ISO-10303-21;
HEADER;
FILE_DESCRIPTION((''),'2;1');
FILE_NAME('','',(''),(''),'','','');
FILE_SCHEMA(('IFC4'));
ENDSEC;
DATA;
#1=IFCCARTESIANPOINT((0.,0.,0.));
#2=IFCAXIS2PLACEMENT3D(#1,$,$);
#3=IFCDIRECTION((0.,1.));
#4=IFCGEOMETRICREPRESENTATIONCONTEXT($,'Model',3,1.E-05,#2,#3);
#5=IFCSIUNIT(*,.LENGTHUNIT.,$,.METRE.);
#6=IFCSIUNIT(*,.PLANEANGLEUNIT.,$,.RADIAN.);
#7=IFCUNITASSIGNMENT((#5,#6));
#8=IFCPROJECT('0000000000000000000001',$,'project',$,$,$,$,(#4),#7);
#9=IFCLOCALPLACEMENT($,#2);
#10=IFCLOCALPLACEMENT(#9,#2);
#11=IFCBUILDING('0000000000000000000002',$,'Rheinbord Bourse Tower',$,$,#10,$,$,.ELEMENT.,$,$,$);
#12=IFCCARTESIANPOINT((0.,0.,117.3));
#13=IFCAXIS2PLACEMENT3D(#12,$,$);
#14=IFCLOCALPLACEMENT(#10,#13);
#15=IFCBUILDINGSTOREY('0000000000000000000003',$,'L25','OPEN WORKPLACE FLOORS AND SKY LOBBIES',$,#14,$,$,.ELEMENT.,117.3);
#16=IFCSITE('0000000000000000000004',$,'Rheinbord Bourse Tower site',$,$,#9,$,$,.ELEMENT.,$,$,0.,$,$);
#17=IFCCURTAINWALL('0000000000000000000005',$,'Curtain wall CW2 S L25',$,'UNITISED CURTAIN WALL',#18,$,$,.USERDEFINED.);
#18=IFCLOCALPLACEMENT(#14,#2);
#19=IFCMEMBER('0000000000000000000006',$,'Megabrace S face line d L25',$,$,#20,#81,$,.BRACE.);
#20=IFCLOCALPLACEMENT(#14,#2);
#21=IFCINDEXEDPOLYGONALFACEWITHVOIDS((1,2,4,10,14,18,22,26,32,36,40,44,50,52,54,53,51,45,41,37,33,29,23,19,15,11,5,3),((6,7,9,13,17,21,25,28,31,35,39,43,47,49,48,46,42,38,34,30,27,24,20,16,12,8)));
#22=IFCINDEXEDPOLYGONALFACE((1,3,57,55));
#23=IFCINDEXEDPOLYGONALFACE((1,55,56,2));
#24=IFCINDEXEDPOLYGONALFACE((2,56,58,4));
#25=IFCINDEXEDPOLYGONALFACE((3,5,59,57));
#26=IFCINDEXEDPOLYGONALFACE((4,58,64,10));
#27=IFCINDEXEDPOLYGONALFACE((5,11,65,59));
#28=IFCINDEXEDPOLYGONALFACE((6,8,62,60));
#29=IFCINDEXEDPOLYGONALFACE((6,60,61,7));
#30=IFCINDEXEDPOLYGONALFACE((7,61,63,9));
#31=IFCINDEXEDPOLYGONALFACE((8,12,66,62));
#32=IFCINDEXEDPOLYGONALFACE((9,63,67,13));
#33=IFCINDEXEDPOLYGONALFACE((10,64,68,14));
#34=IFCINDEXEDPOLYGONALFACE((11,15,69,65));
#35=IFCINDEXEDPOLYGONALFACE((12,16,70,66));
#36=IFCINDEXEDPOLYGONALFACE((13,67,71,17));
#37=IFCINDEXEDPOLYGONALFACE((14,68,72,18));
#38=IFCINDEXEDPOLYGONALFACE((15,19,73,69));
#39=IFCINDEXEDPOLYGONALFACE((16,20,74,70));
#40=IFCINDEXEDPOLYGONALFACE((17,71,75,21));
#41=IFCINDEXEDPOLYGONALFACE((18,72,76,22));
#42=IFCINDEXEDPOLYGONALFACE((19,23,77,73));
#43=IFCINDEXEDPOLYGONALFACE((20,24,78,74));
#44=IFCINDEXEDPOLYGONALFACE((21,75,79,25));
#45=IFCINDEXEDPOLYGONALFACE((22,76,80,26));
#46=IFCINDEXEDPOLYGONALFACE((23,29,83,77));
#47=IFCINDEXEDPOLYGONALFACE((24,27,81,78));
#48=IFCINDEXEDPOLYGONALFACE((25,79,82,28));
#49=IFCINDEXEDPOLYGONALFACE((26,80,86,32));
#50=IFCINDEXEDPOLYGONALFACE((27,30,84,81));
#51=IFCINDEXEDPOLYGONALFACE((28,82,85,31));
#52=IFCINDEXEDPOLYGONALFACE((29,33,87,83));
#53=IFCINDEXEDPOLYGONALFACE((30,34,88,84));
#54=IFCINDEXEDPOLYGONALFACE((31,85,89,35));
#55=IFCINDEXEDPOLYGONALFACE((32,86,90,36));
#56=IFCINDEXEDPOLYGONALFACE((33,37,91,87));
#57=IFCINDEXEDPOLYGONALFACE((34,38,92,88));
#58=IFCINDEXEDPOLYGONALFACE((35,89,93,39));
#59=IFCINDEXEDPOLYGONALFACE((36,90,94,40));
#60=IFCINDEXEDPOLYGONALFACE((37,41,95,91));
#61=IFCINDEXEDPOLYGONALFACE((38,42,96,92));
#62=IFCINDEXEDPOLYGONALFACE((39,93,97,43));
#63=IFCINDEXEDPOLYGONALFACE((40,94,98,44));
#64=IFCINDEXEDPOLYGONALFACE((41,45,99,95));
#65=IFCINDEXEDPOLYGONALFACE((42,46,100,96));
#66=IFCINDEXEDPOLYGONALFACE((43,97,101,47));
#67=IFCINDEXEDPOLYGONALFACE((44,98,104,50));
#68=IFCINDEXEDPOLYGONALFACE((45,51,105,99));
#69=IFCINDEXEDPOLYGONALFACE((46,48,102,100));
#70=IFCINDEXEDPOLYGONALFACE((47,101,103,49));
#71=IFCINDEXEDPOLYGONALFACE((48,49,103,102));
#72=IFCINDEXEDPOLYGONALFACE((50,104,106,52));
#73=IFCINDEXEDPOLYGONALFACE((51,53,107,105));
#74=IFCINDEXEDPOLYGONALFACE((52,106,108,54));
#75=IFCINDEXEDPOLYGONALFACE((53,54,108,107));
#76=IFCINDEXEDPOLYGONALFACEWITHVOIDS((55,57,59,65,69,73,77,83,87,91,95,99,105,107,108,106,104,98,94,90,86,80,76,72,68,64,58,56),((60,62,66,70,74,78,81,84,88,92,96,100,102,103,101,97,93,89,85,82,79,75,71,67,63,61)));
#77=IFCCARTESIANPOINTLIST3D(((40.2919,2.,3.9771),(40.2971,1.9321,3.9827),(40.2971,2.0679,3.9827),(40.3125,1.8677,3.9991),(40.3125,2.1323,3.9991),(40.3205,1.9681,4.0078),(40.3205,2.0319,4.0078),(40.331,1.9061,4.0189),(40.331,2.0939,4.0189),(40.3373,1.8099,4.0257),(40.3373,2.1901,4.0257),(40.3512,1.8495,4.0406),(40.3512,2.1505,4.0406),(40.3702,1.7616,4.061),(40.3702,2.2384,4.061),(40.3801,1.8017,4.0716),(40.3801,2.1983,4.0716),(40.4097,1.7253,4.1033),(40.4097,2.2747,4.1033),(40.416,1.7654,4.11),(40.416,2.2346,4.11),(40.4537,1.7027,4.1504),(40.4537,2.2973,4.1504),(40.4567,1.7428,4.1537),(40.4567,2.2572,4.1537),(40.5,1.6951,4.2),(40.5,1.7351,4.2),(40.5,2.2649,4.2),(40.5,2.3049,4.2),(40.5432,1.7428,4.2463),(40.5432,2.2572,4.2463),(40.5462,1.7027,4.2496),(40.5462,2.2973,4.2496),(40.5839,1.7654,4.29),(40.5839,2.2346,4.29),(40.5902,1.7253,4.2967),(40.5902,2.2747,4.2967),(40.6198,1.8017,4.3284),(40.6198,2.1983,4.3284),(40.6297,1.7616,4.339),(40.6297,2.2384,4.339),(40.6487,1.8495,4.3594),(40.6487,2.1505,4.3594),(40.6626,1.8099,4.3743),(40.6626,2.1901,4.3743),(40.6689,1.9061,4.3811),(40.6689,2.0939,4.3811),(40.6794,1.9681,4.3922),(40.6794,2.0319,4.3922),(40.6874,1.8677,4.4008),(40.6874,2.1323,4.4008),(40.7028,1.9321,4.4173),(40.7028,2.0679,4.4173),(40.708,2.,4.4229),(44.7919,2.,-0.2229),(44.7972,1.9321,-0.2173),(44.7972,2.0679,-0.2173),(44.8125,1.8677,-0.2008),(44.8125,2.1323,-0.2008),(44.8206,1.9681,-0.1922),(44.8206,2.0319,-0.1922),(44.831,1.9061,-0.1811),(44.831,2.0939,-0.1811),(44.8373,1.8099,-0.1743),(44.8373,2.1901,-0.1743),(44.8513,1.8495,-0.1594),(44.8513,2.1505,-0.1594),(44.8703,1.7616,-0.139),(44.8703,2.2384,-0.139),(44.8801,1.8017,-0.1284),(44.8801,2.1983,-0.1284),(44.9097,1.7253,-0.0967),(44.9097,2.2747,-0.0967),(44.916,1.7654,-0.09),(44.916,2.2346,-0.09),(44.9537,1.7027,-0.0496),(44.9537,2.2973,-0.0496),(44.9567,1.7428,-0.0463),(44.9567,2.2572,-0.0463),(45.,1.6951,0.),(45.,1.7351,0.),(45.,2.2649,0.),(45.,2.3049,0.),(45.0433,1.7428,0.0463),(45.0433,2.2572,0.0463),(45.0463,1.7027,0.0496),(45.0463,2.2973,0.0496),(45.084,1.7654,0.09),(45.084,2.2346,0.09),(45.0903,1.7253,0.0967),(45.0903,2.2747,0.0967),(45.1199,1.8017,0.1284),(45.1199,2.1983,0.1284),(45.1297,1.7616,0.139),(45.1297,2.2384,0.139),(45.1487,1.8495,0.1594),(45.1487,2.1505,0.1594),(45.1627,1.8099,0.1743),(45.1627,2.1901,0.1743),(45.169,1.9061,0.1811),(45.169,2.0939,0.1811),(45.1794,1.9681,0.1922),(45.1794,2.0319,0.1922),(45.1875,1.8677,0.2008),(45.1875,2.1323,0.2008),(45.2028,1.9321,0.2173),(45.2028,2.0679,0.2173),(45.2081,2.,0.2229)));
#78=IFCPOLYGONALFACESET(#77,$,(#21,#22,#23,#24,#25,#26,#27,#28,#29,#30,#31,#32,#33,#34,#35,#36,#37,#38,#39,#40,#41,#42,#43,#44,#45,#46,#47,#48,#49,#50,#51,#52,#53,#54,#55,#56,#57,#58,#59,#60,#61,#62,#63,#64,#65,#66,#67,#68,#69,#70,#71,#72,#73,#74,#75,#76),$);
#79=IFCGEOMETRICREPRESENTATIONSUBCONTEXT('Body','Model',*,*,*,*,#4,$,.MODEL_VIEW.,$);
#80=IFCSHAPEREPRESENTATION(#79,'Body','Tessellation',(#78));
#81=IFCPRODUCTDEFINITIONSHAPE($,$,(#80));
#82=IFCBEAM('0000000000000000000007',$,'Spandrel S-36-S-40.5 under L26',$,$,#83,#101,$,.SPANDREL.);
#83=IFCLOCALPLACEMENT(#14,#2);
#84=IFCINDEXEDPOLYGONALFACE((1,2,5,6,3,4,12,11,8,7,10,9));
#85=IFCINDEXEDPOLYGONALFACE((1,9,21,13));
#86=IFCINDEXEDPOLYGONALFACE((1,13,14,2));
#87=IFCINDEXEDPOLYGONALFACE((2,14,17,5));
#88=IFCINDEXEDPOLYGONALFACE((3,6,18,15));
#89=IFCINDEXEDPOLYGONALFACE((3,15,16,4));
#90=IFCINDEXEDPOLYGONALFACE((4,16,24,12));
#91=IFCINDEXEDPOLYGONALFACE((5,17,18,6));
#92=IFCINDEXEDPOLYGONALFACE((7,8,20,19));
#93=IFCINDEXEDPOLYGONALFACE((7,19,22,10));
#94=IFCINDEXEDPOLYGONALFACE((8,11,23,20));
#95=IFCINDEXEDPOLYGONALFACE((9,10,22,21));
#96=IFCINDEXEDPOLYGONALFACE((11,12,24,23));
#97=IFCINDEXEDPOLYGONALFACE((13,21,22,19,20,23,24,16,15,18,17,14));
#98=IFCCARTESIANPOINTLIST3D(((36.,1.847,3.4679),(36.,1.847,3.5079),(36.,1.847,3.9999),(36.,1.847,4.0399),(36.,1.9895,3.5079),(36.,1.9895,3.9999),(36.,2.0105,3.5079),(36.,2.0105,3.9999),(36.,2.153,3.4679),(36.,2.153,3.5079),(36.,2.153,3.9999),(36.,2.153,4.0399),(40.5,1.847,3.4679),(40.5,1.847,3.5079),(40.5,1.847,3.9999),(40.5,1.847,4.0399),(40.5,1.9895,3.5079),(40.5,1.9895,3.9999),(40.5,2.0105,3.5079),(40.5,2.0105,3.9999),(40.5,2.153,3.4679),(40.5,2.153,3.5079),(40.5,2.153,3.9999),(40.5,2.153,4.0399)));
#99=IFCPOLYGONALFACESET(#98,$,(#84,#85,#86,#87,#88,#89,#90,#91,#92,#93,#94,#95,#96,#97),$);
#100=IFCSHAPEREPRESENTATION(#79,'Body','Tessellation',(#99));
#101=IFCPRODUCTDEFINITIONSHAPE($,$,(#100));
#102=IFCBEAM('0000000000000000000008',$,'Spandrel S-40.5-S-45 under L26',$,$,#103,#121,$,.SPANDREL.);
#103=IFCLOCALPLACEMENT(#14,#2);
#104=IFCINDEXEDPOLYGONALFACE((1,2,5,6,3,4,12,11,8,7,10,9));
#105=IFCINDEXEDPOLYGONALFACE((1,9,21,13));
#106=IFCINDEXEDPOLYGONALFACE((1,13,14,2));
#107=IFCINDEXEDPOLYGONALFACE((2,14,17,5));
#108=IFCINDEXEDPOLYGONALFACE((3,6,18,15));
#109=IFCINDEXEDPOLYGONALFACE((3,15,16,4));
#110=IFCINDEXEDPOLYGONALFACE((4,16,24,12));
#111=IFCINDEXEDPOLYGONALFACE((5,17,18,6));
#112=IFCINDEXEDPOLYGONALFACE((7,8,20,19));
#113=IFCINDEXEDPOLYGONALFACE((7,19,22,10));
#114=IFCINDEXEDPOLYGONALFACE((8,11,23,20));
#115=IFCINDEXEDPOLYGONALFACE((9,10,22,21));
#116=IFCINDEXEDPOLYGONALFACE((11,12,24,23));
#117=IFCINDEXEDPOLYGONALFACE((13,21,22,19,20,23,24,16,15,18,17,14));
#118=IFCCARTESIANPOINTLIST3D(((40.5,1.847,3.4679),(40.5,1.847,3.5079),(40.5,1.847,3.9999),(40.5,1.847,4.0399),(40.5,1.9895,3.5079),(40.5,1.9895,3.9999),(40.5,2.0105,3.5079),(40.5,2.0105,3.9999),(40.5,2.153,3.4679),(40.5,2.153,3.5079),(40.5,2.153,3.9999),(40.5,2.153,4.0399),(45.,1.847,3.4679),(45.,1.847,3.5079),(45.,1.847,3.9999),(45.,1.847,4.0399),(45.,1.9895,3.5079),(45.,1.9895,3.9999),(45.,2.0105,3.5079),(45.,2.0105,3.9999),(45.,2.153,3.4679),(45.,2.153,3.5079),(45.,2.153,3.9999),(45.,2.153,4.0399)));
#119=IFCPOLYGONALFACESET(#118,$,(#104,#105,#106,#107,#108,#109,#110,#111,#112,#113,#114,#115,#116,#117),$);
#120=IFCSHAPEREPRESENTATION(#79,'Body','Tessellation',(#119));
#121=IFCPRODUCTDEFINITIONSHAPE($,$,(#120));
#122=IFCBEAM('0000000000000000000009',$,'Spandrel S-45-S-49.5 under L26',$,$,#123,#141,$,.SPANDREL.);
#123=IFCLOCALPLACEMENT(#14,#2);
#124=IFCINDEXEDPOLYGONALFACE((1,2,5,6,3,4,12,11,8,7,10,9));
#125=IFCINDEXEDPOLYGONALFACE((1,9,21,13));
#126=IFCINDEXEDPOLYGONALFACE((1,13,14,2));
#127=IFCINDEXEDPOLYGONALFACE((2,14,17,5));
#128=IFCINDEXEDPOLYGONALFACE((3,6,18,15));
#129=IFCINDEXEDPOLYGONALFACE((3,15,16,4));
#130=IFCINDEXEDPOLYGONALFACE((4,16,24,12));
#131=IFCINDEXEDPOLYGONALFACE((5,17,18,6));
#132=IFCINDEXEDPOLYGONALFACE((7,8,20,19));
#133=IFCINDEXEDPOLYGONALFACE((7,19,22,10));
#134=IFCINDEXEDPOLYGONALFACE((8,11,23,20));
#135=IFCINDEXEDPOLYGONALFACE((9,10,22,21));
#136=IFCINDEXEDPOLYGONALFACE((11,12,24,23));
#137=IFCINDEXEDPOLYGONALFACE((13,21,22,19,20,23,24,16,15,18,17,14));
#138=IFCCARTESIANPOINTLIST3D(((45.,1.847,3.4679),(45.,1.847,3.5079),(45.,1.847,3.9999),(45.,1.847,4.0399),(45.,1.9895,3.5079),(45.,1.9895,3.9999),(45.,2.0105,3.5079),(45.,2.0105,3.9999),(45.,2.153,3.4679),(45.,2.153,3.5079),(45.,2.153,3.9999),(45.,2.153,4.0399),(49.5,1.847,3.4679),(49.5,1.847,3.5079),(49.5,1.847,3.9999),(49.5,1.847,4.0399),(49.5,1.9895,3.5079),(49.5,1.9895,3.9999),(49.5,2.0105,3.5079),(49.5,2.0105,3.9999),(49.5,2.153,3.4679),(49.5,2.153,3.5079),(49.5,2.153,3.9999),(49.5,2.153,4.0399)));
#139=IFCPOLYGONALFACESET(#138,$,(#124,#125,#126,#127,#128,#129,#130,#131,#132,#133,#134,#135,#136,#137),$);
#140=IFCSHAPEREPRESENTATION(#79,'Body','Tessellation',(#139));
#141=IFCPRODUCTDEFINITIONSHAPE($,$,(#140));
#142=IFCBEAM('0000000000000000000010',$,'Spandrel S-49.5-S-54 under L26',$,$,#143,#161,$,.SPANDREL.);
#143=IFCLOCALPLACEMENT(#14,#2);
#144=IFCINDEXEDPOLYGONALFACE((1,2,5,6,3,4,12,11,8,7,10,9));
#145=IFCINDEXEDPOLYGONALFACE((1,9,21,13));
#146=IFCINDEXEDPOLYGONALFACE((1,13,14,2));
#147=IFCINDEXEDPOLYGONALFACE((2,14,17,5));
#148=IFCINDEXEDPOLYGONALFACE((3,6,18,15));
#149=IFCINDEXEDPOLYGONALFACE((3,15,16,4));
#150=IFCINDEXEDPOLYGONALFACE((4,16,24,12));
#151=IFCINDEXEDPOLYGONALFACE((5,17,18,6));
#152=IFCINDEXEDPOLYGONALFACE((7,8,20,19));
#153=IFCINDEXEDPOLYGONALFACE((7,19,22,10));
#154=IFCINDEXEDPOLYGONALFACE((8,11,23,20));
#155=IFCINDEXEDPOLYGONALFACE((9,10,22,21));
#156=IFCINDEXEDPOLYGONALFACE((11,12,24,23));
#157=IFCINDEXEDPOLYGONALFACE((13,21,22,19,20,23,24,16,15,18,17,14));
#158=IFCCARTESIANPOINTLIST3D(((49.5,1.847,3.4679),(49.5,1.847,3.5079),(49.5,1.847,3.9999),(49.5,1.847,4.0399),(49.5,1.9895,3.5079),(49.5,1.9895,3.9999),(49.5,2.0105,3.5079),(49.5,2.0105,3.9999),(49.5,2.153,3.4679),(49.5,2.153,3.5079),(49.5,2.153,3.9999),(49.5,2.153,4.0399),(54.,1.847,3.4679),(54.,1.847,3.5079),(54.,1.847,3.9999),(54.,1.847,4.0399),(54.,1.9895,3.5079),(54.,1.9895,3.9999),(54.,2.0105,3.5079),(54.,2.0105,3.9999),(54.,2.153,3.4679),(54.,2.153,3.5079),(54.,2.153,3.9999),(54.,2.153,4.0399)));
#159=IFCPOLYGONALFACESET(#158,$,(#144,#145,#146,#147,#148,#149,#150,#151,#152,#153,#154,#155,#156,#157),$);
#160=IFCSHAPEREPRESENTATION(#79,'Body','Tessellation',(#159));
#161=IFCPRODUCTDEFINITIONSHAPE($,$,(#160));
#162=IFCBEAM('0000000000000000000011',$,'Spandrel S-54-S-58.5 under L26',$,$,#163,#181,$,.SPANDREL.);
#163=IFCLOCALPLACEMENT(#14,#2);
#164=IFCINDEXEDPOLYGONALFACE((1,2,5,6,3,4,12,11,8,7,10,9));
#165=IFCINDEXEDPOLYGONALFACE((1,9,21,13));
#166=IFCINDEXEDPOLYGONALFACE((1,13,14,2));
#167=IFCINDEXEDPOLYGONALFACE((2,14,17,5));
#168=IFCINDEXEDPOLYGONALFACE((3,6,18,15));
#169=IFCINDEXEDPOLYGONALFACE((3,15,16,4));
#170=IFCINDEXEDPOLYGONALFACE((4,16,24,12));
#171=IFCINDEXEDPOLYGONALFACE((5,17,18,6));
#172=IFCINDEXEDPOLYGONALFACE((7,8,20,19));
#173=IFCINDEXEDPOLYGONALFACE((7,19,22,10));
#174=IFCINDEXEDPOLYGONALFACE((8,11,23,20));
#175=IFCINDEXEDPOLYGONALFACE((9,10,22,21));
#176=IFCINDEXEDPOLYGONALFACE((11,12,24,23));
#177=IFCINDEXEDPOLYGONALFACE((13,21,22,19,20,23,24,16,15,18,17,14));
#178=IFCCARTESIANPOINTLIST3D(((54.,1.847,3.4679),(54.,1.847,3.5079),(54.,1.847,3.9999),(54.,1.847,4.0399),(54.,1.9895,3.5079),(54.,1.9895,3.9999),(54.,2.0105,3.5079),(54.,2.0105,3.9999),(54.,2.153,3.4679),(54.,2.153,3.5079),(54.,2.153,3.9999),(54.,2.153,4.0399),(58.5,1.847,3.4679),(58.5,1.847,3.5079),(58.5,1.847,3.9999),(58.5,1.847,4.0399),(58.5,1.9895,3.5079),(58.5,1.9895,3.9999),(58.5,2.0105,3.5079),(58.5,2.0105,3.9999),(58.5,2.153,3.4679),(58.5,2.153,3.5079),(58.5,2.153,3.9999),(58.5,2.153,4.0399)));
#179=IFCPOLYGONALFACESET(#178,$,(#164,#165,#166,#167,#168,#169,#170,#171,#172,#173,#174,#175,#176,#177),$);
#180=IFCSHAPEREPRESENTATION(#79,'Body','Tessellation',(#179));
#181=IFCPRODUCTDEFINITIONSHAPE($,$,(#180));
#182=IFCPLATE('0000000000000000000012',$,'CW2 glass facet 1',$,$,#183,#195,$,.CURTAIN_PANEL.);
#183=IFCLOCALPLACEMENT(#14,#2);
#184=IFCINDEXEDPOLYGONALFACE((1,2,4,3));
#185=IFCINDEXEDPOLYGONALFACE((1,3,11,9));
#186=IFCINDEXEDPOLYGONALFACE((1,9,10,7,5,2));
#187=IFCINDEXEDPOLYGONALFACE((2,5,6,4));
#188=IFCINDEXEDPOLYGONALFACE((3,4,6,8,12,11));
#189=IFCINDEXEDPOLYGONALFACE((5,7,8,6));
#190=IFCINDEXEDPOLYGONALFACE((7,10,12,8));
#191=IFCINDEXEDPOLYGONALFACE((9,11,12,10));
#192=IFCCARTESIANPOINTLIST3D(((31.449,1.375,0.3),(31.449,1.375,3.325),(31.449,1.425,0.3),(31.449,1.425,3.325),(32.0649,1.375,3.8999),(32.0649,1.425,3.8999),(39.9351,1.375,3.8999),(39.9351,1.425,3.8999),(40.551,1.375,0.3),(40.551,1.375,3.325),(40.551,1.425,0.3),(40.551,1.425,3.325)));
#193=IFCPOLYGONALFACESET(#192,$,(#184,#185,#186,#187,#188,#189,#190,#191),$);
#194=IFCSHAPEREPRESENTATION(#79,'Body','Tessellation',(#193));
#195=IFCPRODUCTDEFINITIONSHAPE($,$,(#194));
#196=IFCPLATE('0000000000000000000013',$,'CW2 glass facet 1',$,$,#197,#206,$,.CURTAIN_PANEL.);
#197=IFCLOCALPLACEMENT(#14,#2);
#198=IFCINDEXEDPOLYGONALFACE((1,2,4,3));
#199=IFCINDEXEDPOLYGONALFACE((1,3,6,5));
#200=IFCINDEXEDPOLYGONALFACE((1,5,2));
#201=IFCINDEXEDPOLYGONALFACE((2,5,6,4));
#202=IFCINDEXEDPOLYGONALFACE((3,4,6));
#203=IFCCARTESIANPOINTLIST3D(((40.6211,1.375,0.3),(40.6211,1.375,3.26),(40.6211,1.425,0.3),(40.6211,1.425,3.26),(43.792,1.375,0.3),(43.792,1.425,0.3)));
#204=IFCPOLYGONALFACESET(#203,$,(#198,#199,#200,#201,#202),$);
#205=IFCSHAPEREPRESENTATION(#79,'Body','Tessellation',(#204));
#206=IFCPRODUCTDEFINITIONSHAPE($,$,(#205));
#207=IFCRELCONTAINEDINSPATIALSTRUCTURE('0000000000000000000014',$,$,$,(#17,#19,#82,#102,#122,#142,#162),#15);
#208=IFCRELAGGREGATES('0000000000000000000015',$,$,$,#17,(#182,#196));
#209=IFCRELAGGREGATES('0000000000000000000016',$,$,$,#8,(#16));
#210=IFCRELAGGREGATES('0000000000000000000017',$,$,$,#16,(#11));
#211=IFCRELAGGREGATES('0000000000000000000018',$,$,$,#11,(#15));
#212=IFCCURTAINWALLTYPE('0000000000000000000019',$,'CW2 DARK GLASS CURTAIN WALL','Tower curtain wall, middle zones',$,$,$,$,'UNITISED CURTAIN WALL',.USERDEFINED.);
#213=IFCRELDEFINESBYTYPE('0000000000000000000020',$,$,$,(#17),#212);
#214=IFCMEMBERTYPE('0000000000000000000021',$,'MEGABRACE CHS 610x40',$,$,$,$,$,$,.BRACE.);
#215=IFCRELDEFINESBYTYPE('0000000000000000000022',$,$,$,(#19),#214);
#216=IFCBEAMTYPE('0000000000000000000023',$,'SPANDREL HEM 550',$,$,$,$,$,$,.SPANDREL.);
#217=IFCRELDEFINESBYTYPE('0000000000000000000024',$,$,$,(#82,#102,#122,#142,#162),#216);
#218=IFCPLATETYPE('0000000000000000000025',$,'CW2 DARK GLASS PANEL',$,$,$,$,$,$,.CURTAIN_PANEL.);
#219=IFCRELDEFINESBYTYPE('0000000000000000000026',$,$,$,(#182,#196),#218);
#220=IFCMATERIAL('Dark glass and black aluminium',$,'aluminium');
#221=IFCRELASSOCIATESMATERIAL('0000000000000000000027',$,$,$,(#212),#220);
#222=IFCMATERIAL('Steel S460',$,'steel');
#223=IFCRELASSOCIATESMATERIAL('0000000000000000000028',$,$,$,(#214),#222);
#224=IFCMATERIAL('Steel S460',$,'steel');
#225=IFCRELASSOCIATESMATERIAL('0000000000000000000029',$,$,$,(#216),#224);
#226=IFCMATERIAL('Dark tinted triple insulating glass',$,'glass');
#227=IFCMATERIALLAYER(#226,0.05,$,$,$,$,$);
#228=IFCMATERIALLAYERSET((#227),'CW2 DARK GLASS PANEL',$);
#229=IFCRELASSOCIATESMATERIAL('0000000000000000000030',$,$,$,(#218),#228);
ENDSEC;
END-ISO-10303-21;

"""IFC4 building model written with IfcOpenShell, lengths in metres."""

from ifc_helpers import new_model, si_unit, direction, frame, origin, origin_2d, place, context, subcontext, project, spatial, polyline, hollow_circle, i_section, outline, extrude, material, layer, layer_set, material_profile, profile_set, type_object, element, aggregate, save


model = new_model("IFC4")

# Units and contexts
model_context = context("Model", 3, precision=1e-05, world=origin(), true_north=direction((0.0, 1.0)))
body_context = subcontext(model_context, "Body", "Model", "MODEL_VIEW")
ifc_project = project(units=[si_unit("LENGTHUNIT", "METRE"), si_unit("PLANEANGLEUNIT", "RADIAN")], contexts=[model_context])

# Site, building, storey
site_placement = place(None, origin())
site = spatial("IfcSite", under=ifc_project, at=site_placement, Name="Rheinbord Bourse Tower site", CompositionType="ELEMENT", RefElevation=0.0)
building_placement = place(site_placement, origin())
building = spatial("IfcBuilding", under=site, at=building_placement, Name="Rheinbord Bourse Tower", CompositionType="ELEMENT")
storey_placement = place(building_placement, frame((0.0, 0.0, 117.3)))
storey = spatial("IfcBuildingStorey", under=building, at=storey_placement, Name="L25", Description="OPEN WORKPLACE FLOORS AND SKY LOBBIES", CompositionType="ELEMENT", Elevation=117.3)

# Curtain wall
ifc_material_1 = material(Name="Dark glass and black aluminium", Category="aluminium")
curtain_wall_type = type_object("IfcCurtainWallType", Name="CW2 DARK GLASS CURTAIN WALL", Description="Tower curtain wall, middle zones", ElementType="UNITISED CURTAIN WALL", PredefinedType="USERDEFINED", material=ifc_material_1)
curtain_wall_placement = place(storey_placement, origin())
curtain_wall = element("IfcCurtainWall", 1, at=curtain_wall_placement, inside=storey, type_object=curtain_wall_type, Name="Curtain wall CW2 S L25", ObjectType="UNITISED CURTAIN WALL", PredefinedType="USERDEFINED")

# Member
ifc_material_2 = material(Name="Steel S460", Category="steel")
ifc_material_profile_1 = material_profile(ifc_material_2, hollow_circle(Radius=0.3049, WallThickness=0.04, at=origin_2d()), Name="CHS 610x40")
ifc_profile_set_1 = profile_set([ifc_material_profile_1], Name="Steel S460")
member_type_1 = type_object("IfcMemberType", Name="MEGABRACE CHS 610x40", PredefinedType="BRACE", material=ifc_profile_set_1)
member_1_placement = place(storey_placement, frame((45.0, 2.0, 0.0), z_axis=(-0.731059, 0.0, 0.682314), x_axis=(0.0, -1.0, 0.0)))
element("IfcMember", 2, at=member_1_placement, inside=storey, type_object=member_type_1, Name="Megabrace S face line d L25", PredefinedType="BRACE", context=body_context, shape_type="SweptSolid", body=[
    extrude(hollow_circle(Radius=0.3049, WallThickness=0.04, at=origin_2d()), origin(), (0.0, 0.0, 1.0), 6.1555),
])

# Beams
ifc_material_3 = material(Name="Steel S460", Category="steel")
ifc_material_profile_2 = material_profile(ifc_material_3, i_section(OverallWidth=0.3059, OverallDepth=0.572, WebThickness=0.021, FlangeThickness=0.04, at=origin_2d()), Name="HEM 550")
ifc_profile_set_2 = profile_set([ifc_material_profile_2], Name="Steel S460")
beam_type_1 = type_object("IfcBeamType", Name="SPANDREL HEM 550", PredefinedType="SPANDREL", material=ifc_profile_set_2)
for number, where, z_axis, x_axis, name in (
    (3, (36.0, 2.0, 3.7539), (1.0, 0.0, 0.0), (0.0, 1.0, 0.0), "Spandrel S-36-S-40.5 under L26"),
    (4, (40.5, 2.0, 3.7539), (1.0, 0.0, 0.0), (0.0, 1.0, 0.0), "Spandrel S-40.5-S-45 under L26"),
    (5, (45.0, 2.0, 3.7539), (1.0, 0.0, 0.0), (0.0, 1.0, 0.0), "Spandrel S-45-S-49.5 under L26"),
    (6, (49.5, 2.0, 3.7539), (1.0, 0.0, 0.0), (0.0, 1.0, 0.0), "Spandrel S-49.5-S-54 under L26"),
    (7, (54.0, 2.0, 3.7539), (1.0, 0.0, 0.0), (0.0, 1.0, 0.0), "Spandrel S-54-S-58.5 under L26"),
):
    element("IfcBeam", number, at=place(storey_placement, frame(where, z_axis=z_axis, x_axis=x_axis)), inside=storey, type_object=beam_type_1, Name=name, PredefinedType="SPANDREL", context=body_context, shape_type="SweptSolid", body=[
        extrude(i_section(OverallWidth=0.3059, OverallDepth=0.572, WebThickness=0.021, FlangeThickness=0.04, at=origin_2d()), origin(), (0.0, 0.0, 1.0), 4.5),
    ])

# Plates
ifc_material_4 = material(Name="Dark tinted triple insulating glass", Category="glass")
ifc_layer_1 = layer(ifc_material_4, 0.05)
ifc_layer_set_1 = layer_set([ifc_layer_1], Name="CW2 DARK GLASS PANEL")
plate_type = type_object("IfcPlateType", Name="CW2 DARK GLASS PANEL", PredefinedType="CURTAIN_PANEL", material=ifc_layer_set_1)
plate_1_placement = place(storey_placement, frame((40.551, 1.375, 0.3), z_axis=(0.0, 1.0, 0.0), x_axis=(-1.0, 0.0, 0.0)))
plate_1 = element("IfcPlate", 8, at=plate_1_placement, type_object=plate_type, Name="CW2 glass facet 1", PredefinedType="CURTAIN_PANEL", context=body_context, shape_type="SweptSolid", body=[
    extrude(outline(polyline([(0.0, 0.0), (9.1021, 0.0), (9.1021, 3.0249), (8.4861, 3.5999), (0.616, 3.5999), (0.0, 3.0249), (0.0, 0.0)])), origin(), (0.0, 0.0, 1.0), 0.05),
])
plate_2_placement = place(storey_placement, frame((40.6211, 1.375, 0.3), z_axis=(0.0, 1.0, 0.0), x_axis=(0.0, 0.0, 1.0)))
plate_2 = element("IfcPlate", 9, at=plate_2_placement, type_object=plate_type, Name="CW2 glass facet 1", PredefinedType="CURTAIN_PANEL", context=body_context, shape_type="SweptSolid", body=[
    extrude(outline(polyline([(0.0, 0.0), (2.96, 0.0), (0.0, 3.1709), (0.0, 0.0)])), origin(), (0.0, 0.0, 1.0), 0.05),
])
aggregate(curtain_wall, [plate_1, plate_2])

save(model, "model.ifc")
